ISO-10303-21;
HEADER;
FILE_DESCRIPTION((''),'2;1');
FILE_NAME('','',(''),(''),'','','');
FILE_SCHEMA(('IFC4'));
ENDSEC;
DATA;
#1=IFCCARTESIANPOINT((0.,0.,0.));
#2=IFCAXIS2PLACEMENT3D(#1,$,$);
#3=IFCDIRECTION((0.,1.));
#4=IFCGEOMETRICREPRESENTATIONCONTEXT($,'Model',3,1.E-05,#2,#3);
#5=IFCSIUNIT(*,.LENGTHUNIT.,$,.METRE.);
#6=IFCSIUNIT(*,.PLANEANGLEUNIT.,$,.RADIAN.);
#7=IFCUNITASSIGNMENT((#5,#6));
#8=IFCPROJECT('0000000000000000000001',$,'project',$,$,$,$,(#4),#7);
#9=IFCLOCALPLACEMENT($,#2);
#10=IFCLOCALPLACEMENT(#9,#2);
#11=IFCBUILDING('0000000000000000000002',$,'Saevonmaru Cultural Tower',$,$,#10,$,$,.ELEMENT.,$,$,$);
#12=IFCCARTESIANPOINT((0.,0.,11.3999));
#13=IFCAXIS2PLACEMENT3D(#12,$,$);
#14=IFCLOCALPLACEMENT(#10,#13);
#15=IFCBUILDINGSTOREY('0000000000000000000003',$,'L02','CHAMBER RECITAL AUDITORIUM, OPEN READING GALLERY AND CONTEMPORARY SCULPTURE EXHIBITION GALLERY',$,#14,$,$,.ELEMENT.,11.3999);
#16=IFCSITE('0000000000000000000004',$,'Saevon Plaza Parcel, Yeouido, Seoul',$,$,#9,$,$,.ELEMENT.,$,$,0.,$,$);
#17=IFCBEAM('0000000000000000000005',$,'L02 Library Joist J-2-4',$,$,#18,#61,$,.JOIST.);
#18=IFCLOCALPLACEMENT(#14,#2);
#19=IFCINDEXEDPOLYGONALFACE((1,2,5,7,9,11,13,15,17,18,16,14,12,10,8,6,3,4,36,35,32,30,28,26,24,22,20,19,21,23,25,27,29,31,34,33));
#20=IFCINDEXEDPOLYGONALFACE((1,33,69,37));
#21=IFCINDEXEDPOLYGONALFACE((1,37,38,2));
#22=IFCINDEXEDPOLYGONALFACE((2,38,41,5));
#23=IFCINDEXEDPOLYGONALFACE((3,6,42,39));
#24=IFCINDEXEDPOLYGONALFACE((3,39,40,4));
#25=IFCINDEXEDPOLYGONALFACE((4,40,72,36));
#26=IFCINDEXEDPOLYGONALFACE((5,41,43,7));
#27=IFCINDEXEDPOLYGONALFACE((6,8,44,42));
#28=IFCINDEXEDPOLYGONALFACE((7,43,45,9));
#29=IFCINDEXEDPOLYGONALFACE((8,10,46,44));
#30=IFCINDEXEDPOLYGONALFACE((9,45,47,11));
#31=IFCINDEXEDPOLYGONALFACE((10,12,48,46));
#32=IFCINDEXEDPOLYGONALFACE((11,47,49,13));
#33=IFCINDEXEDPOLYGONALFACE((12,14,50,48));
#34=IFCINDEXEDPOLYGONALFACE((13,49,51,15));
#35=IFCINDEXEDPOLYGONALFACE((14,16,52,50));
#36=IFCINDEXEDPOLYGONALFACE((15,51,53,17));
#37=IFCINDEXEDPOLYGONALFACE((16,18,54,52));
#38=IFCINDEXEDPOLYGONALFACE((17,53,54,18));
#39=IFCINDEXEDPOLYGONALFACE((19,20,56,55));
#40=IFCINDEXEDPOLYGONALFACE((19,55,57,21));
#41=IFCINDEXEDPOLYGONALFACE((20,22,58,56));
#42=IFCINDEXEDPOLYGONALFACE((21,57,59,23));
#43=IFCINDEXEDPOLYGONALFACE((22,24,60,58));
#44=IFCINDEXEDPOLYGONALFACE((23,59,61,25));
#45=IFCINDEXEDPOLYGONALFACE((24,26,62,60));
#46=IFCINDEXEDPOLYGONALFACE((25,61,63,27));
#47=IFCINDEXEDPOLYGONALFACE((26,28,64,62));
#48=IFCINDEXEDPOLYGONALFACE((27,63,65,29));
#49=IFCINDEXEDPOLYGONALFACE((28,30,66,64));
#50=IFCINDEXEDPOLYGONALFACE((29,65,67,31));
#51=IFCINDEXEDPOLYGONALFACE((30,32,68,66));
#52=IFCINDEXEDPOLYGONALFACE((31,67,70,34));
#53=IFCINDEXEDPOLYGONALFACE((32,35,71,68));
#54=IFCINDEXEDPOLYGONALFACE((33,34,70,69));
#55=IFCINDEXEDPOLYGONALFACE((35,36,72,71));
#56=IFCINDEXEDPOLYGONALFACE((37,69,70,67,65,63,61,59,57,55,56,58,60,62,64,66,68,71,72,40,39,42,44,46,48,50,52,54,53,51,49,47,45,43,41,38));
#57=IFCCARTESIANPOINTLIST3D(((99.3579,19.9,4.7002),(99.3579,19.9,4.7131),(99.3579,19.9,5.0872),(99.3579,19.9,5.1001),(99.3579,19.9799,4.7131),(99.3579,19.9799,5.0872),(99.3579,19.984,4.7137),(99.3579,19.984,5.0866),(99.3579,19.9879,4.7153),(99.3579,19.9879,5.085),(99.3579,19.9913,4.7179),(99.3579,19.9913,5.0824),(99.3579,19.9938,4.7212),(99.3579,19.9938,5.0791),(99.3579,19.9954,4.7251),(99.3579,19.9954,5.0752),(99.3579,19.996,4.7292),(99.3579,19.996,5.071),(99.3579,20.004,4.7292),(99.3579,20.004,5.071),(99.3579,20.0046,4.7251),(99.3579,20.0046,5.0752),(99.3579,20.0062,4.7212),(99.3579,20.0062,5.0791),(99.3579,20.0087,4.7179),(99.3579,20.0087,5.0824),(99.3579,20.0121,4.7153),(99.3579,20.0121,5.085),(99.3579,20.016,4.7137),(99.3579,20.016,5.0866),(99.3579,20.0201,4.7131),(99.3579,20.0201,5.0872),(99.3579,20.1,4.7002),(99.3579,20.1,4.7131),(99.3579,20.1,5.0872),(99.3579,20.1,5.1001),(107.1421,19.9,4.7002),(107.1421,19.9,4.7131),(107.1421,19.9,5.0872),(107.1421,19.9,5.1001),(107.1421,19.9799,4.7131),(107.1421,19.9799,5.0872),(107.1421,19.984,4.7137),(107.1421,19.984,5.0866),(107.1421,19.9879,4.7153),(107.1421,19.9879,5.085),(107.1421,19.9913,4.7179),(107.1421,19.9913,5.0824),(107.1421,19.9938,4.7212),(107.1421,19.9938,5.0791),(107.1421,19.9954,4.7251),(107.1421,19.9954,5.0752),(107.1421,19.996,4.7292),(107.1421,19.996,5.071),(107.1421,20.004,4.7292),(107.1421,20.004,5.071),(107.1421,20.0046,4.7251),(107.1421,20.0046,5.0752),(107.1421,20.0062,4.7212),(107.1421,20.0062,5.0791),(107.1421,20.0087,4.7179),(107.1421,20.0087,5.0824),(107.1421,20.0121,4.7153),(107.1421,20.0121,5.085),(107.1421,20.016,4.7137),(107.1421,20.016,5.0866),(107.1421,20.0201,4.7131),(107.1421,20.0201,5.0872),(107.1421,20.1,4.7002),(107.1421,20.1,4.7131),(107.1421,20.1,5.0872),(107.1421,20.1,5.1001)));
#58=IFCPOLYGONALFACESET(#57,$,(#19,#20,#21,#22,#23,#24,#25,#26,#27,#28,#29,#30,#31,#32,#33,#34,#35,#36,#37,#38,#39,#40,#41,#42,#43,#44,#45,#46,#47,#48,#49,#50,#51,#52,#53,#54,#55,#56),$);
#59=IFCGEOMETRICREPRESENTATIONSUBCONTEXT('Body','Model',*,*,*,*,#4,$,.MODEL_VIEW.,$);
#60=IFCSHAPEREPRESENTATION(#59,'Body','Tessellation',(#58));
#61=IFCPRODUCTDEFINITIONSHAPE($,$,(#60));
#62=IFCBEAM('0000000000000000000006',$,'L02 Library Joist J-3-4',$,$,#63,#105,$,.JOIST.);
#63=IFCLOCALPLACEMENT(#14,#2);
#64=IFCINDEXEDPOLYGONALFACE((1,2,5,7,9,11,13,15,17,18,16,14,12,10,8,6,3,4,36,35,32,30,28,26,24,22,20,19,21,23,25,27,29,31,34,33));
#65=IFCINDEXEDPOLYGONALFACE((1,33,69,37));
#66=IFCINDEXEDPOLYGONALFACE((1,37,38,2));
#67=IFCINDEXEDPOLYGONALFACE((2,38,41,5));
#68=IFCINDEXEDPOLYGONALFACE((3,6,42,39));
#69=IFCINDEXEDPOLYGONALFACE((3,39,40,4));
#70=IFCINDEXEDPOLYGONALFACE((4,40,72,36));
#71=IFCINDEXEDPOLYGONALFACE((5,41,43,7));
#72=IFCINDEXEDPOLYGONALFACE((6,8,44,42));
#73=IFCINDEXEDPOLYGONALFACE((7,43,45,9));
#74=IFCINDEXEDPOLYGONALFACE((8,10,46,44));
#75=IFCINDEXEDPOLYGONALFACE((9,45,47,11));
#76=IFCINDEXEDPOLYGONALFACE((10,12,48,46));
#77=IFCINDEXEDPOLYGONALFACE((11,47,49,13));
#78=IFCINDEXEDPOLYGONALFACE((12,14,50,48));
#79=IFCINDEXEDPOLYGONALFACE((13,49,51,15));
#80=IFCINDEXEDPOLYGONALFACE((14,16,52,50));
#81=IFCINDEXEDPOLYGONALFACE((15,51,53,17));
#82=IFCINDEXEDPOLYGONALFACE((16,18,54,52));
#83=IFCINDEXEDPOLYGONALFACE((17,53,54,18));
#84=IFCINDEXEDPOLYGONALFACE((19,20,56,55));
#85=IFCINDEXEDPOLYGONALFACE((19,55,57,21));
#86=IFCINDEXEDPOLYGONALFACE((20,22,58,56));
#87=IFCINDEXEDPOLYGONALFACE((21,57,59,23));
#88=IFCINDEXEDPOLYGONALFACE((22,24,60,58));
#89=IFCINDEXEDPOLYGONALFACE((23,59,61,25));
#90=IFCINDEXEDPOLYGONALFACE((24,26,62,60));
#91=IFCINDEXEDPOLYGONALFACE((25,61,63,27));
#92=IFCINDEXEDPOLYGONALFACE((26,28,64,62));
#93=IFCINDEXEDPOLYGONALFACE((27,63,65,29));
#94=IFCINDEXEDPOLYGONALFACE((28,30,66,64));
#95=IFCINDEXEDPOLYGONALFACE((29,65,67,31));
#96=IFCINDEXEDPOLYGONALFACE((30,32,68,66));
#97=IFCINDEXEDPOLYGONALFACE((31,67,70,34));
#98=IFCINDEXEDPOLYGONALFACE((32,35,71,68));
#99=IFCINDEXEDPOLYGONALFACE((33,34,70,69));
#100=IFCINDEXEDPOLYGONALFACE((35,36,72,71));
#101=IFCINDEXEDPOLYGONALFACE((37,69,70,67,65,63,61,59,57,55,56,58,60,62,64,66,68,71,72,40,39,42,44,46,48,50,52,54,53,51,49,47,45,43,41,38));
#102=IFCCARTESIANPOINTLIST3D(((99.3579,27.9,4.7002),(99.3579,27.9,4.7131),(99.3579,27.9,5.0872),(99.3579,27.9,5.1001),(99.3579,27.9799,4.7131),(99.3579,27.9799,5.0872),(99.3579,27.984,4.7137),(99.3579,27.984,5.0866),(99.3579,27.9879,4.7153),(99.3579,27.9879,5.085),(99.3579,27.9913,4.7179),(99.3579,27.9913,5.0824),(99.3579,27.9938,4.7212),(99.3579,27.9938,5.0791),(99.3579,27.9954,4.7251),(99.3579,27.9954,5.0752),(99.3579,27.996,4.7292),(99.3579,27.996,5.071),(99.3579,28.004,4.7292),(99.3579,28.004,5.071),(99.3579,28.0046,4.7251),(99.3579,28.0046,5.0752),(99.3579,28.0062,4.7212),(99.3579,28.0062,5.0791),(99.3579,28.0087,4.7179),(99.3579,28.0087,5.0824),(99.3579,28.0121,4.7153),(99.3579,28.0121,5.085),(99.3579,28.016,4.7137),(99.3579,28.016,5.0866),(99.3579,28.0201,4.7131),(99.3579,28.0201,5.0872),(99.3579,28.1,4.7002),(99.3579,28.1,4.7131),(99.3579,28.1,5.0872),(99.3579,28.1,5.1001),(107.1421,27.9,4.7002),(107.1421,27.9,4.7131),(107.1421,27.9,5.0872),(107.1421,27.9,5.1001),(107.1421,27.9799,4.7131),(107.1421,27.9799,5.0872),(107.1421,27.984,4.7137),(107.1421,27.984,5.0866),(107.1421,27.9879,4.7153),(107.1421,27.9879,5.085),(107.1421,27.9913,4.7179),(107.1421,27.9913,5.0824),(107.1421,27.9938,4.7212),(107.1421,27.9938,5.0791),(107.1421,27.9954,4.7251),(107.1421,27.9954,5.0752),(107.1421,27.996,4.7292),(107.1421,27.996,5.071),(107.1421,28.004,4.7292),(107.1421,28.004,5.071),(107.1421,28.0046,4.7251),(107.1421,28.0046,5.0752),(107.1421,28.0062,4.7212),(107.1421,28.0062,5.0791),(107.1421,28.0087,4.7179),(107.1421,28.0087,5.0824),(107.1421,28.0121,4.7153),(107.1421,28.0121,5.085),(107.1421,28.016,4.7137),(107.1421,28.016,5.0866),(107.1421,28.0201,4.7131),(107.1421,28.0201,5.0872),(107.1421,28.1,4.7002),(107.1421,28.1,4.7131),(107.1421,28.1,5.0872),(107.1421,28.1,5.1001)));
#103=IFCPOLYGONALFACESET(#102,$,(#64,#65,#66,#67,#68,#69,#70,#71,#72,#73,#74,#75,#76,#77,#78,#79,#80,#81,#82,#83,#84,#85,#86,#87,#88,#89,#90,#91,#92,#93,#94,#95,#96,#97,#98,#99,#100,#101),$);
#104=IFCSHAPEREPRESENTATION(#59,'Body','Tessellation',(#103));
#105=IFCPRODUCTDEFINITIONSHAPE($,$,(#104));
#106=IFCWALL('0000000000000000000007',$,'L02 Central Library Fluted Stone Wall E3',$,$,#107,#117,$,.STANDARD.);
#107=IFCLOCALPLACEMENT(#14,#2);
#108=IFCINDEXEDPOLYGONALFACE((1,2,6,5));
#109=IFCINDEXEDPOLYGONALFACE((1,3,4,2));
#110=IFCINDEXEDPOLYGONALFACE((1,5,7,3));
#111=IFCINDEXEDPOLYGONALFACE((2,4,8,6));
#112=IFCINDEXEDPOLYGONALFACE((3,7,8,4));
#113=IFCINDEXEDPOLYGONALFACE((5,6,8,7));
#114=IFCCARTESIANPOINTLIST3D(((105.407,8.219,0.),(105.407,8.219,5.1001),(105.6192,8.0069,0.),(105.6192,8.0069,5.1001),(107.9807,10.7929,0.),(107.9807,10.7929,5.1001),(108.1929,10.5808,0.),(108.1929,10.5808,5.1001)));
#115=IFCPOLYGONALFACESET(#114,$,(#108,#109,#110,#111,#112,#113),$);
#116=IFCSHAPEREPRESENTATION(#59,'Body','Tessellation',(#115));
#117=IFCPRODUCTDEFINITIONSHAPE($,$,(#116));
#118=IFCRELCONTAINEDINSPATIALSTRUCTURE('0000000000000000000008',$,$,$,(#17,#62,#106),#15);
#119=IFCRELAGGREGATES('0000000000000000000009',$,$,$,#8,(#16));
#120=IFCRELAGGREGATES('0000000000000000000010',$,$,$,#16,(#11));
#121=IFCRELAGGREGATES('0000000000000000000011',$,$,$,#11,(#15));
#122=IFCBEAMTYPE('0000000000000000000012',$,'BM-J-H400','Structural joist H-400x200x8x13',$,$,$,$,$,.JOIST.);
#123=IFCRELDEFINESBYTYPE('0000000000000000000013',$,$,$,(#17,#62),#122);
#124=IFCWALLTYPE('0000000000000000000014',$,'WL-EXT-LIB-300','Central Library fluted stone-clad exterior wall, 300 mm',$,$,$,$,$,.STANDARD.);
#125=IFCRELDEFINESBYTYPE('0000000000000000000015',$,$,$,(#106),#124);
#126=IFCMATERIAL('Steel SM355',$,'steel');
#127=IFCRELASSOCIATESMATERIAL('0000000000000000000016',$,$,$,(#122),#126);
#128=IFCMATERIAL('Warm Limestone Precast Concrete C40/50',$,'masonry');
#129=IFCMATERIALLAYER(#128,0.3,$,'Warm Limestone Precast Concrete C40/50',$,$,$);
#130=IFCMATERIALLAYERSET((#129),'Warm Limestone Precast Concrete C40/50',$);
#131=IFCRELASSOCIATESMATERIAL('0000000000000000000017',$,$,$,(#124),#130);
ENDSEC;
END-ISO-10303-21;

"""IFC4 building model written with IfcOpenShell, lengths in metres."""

from ifc_helpers import new_model, si_unit, direction, frame, frame_2d, origin, origin_2d, place, context, subcontext, project, spatial, rectangle, i_section, extrude, material, layer, layer_set, material_profile, profile_set, type_object, element, save


model = new_model("IFC4")

# Units and contexts
model_context = context("Model", 3, precision=1e-05, world=origin(), true_north=direction((0.0, 1.0)))
body_context = subcontext(model_context, "Body", "Model", "MODEL_VIEW")
ifc_project = project(units=[si_unit("LENGTHUNIT", "METRE"), si_unit("PLANEANGLEUNIT", "RADIAN")], contexts=[model_context])

# Site, building, storey
site_placement = place(None, origin())
site = spatial("IfcSite", under=ifc_project, at=site_placement, Name="Saevon Plaza Parcel, Yeouido, Seoul", CompositionType="ELEMENT", RefElevation=0.0)
building_placement = place(site_placement, origin())
building = spatial("IfcBuilding", under=site, at=building_placement, Name="Saevonmaru Cultural Tower", CompositionType="ELEMENT")
storey_placement = place(building_placement, frame((0.0, 0.0, 11.3999)))
storey = spatial("IfcBuildingStorey", under=building, at=storey_placement, Name="L02", Description="CHAMBER RECITAL AUDITORIUM, OPEN READING GALLERY AND CONTEMPORARY SCULPTURE EXHIBITION GALLERY", CompositionType="ELEMENT", Elevation=11.3999)

# Shared definitions
ifc_material_1 = material(Name="Steel SM355", Category="steel")

# Beams
ifc_material_profile_1 = material_profile(ifc_material_1, i_section(OverallWidth=0.2, OverallDepth=0.3999, WebThickness=0.0081, FlangeThickness=0.0129, FilletRadius=0.0161, at=origin_2d()), Name="H-400x200x8x13")
ifc_profile_set_1 = profile_set([ifc_material_profile_1], Name="Steel SM355")
beam_type_1 = type_object("IfcBeamType", Name="BM-J-H400", Description="Structural joist H-400x200x8x13", PredefinedType="JOIST", material=ifc_profile_set_1)
for number, where, z_axis, x_axis, name in (
    (1, (99.3579, 20.0, 4.9001), (1.0, 0.0, 0.0), (0.0, 1.0, 0.0), "L02 Library Joist J-2-4"),
    (2, (99.3579, 28.0, 4.9001), (1.0, 0.0, 0.0), (0.0, 1.0, 0.0), "L02 Library Joist J-3-4"),
):
    element("IfcBeam", number, at=place(storey_placement, frame(where, z_axis=z_axis, x_axis=x_axis)), inside=storey, type_object=beam_type_1, Name=name, PredefinedType="JOIST", context=body_context, shape_type="SweptSolid", body=[
        extrude(i_section(OverallWidth=0.2, OverallDepth=0.3999, WebThickness=0.0081, FlangeThickness=0.0129, FilletRadius=0.0161, at=origin_2d()), origin(), (0.0, 0.0, 1.0), 7.7842),
    ])

# Wall
ifc_material_2 = material(Name="Warm Limestone Precast Concrete C40/50", Category="masonry")
ifc_layer_1 = layer(ifc_material_2, 0.3, Name="Warm Limestone Precast Concrete C40/50")
ifc_layer_set_1 = layer_set([ifc_layer_1], Name="Warm Limestone Precast Concrete C40/50")
wall_type_1 = type_object("IfcWallType", Name="WL-EXT-LIB-300", Description="Central Library fluted stone-clad exterior wall, 300 mm", PredefinedType="STANDARD", material=ifc_layer_set_1)
wall_1_placement = place(storey_placement, frame((105.5132, 8.113, 0.0), z_axis=(0.0, 0.0, 1.0), x_axis=(0.707073, 0.70714, 0.0)))
element("IfcWall", 3, at=wall_1_placement, inside=storey, type_object=wall_type_1, Name="L02 Central Library Fluted Stone Wall E3", PredefinedType="STANDARD", context=body_context, shape_type="SweptSolid", body=[
    extrude(rectangle(XDim=3.6399, YDim=0.3, at=frame_2d((1.8198, 0.0))), origin(), (0.0, 0.0, 1.0), 5.1001),
])

save(model, "model.ifc")
